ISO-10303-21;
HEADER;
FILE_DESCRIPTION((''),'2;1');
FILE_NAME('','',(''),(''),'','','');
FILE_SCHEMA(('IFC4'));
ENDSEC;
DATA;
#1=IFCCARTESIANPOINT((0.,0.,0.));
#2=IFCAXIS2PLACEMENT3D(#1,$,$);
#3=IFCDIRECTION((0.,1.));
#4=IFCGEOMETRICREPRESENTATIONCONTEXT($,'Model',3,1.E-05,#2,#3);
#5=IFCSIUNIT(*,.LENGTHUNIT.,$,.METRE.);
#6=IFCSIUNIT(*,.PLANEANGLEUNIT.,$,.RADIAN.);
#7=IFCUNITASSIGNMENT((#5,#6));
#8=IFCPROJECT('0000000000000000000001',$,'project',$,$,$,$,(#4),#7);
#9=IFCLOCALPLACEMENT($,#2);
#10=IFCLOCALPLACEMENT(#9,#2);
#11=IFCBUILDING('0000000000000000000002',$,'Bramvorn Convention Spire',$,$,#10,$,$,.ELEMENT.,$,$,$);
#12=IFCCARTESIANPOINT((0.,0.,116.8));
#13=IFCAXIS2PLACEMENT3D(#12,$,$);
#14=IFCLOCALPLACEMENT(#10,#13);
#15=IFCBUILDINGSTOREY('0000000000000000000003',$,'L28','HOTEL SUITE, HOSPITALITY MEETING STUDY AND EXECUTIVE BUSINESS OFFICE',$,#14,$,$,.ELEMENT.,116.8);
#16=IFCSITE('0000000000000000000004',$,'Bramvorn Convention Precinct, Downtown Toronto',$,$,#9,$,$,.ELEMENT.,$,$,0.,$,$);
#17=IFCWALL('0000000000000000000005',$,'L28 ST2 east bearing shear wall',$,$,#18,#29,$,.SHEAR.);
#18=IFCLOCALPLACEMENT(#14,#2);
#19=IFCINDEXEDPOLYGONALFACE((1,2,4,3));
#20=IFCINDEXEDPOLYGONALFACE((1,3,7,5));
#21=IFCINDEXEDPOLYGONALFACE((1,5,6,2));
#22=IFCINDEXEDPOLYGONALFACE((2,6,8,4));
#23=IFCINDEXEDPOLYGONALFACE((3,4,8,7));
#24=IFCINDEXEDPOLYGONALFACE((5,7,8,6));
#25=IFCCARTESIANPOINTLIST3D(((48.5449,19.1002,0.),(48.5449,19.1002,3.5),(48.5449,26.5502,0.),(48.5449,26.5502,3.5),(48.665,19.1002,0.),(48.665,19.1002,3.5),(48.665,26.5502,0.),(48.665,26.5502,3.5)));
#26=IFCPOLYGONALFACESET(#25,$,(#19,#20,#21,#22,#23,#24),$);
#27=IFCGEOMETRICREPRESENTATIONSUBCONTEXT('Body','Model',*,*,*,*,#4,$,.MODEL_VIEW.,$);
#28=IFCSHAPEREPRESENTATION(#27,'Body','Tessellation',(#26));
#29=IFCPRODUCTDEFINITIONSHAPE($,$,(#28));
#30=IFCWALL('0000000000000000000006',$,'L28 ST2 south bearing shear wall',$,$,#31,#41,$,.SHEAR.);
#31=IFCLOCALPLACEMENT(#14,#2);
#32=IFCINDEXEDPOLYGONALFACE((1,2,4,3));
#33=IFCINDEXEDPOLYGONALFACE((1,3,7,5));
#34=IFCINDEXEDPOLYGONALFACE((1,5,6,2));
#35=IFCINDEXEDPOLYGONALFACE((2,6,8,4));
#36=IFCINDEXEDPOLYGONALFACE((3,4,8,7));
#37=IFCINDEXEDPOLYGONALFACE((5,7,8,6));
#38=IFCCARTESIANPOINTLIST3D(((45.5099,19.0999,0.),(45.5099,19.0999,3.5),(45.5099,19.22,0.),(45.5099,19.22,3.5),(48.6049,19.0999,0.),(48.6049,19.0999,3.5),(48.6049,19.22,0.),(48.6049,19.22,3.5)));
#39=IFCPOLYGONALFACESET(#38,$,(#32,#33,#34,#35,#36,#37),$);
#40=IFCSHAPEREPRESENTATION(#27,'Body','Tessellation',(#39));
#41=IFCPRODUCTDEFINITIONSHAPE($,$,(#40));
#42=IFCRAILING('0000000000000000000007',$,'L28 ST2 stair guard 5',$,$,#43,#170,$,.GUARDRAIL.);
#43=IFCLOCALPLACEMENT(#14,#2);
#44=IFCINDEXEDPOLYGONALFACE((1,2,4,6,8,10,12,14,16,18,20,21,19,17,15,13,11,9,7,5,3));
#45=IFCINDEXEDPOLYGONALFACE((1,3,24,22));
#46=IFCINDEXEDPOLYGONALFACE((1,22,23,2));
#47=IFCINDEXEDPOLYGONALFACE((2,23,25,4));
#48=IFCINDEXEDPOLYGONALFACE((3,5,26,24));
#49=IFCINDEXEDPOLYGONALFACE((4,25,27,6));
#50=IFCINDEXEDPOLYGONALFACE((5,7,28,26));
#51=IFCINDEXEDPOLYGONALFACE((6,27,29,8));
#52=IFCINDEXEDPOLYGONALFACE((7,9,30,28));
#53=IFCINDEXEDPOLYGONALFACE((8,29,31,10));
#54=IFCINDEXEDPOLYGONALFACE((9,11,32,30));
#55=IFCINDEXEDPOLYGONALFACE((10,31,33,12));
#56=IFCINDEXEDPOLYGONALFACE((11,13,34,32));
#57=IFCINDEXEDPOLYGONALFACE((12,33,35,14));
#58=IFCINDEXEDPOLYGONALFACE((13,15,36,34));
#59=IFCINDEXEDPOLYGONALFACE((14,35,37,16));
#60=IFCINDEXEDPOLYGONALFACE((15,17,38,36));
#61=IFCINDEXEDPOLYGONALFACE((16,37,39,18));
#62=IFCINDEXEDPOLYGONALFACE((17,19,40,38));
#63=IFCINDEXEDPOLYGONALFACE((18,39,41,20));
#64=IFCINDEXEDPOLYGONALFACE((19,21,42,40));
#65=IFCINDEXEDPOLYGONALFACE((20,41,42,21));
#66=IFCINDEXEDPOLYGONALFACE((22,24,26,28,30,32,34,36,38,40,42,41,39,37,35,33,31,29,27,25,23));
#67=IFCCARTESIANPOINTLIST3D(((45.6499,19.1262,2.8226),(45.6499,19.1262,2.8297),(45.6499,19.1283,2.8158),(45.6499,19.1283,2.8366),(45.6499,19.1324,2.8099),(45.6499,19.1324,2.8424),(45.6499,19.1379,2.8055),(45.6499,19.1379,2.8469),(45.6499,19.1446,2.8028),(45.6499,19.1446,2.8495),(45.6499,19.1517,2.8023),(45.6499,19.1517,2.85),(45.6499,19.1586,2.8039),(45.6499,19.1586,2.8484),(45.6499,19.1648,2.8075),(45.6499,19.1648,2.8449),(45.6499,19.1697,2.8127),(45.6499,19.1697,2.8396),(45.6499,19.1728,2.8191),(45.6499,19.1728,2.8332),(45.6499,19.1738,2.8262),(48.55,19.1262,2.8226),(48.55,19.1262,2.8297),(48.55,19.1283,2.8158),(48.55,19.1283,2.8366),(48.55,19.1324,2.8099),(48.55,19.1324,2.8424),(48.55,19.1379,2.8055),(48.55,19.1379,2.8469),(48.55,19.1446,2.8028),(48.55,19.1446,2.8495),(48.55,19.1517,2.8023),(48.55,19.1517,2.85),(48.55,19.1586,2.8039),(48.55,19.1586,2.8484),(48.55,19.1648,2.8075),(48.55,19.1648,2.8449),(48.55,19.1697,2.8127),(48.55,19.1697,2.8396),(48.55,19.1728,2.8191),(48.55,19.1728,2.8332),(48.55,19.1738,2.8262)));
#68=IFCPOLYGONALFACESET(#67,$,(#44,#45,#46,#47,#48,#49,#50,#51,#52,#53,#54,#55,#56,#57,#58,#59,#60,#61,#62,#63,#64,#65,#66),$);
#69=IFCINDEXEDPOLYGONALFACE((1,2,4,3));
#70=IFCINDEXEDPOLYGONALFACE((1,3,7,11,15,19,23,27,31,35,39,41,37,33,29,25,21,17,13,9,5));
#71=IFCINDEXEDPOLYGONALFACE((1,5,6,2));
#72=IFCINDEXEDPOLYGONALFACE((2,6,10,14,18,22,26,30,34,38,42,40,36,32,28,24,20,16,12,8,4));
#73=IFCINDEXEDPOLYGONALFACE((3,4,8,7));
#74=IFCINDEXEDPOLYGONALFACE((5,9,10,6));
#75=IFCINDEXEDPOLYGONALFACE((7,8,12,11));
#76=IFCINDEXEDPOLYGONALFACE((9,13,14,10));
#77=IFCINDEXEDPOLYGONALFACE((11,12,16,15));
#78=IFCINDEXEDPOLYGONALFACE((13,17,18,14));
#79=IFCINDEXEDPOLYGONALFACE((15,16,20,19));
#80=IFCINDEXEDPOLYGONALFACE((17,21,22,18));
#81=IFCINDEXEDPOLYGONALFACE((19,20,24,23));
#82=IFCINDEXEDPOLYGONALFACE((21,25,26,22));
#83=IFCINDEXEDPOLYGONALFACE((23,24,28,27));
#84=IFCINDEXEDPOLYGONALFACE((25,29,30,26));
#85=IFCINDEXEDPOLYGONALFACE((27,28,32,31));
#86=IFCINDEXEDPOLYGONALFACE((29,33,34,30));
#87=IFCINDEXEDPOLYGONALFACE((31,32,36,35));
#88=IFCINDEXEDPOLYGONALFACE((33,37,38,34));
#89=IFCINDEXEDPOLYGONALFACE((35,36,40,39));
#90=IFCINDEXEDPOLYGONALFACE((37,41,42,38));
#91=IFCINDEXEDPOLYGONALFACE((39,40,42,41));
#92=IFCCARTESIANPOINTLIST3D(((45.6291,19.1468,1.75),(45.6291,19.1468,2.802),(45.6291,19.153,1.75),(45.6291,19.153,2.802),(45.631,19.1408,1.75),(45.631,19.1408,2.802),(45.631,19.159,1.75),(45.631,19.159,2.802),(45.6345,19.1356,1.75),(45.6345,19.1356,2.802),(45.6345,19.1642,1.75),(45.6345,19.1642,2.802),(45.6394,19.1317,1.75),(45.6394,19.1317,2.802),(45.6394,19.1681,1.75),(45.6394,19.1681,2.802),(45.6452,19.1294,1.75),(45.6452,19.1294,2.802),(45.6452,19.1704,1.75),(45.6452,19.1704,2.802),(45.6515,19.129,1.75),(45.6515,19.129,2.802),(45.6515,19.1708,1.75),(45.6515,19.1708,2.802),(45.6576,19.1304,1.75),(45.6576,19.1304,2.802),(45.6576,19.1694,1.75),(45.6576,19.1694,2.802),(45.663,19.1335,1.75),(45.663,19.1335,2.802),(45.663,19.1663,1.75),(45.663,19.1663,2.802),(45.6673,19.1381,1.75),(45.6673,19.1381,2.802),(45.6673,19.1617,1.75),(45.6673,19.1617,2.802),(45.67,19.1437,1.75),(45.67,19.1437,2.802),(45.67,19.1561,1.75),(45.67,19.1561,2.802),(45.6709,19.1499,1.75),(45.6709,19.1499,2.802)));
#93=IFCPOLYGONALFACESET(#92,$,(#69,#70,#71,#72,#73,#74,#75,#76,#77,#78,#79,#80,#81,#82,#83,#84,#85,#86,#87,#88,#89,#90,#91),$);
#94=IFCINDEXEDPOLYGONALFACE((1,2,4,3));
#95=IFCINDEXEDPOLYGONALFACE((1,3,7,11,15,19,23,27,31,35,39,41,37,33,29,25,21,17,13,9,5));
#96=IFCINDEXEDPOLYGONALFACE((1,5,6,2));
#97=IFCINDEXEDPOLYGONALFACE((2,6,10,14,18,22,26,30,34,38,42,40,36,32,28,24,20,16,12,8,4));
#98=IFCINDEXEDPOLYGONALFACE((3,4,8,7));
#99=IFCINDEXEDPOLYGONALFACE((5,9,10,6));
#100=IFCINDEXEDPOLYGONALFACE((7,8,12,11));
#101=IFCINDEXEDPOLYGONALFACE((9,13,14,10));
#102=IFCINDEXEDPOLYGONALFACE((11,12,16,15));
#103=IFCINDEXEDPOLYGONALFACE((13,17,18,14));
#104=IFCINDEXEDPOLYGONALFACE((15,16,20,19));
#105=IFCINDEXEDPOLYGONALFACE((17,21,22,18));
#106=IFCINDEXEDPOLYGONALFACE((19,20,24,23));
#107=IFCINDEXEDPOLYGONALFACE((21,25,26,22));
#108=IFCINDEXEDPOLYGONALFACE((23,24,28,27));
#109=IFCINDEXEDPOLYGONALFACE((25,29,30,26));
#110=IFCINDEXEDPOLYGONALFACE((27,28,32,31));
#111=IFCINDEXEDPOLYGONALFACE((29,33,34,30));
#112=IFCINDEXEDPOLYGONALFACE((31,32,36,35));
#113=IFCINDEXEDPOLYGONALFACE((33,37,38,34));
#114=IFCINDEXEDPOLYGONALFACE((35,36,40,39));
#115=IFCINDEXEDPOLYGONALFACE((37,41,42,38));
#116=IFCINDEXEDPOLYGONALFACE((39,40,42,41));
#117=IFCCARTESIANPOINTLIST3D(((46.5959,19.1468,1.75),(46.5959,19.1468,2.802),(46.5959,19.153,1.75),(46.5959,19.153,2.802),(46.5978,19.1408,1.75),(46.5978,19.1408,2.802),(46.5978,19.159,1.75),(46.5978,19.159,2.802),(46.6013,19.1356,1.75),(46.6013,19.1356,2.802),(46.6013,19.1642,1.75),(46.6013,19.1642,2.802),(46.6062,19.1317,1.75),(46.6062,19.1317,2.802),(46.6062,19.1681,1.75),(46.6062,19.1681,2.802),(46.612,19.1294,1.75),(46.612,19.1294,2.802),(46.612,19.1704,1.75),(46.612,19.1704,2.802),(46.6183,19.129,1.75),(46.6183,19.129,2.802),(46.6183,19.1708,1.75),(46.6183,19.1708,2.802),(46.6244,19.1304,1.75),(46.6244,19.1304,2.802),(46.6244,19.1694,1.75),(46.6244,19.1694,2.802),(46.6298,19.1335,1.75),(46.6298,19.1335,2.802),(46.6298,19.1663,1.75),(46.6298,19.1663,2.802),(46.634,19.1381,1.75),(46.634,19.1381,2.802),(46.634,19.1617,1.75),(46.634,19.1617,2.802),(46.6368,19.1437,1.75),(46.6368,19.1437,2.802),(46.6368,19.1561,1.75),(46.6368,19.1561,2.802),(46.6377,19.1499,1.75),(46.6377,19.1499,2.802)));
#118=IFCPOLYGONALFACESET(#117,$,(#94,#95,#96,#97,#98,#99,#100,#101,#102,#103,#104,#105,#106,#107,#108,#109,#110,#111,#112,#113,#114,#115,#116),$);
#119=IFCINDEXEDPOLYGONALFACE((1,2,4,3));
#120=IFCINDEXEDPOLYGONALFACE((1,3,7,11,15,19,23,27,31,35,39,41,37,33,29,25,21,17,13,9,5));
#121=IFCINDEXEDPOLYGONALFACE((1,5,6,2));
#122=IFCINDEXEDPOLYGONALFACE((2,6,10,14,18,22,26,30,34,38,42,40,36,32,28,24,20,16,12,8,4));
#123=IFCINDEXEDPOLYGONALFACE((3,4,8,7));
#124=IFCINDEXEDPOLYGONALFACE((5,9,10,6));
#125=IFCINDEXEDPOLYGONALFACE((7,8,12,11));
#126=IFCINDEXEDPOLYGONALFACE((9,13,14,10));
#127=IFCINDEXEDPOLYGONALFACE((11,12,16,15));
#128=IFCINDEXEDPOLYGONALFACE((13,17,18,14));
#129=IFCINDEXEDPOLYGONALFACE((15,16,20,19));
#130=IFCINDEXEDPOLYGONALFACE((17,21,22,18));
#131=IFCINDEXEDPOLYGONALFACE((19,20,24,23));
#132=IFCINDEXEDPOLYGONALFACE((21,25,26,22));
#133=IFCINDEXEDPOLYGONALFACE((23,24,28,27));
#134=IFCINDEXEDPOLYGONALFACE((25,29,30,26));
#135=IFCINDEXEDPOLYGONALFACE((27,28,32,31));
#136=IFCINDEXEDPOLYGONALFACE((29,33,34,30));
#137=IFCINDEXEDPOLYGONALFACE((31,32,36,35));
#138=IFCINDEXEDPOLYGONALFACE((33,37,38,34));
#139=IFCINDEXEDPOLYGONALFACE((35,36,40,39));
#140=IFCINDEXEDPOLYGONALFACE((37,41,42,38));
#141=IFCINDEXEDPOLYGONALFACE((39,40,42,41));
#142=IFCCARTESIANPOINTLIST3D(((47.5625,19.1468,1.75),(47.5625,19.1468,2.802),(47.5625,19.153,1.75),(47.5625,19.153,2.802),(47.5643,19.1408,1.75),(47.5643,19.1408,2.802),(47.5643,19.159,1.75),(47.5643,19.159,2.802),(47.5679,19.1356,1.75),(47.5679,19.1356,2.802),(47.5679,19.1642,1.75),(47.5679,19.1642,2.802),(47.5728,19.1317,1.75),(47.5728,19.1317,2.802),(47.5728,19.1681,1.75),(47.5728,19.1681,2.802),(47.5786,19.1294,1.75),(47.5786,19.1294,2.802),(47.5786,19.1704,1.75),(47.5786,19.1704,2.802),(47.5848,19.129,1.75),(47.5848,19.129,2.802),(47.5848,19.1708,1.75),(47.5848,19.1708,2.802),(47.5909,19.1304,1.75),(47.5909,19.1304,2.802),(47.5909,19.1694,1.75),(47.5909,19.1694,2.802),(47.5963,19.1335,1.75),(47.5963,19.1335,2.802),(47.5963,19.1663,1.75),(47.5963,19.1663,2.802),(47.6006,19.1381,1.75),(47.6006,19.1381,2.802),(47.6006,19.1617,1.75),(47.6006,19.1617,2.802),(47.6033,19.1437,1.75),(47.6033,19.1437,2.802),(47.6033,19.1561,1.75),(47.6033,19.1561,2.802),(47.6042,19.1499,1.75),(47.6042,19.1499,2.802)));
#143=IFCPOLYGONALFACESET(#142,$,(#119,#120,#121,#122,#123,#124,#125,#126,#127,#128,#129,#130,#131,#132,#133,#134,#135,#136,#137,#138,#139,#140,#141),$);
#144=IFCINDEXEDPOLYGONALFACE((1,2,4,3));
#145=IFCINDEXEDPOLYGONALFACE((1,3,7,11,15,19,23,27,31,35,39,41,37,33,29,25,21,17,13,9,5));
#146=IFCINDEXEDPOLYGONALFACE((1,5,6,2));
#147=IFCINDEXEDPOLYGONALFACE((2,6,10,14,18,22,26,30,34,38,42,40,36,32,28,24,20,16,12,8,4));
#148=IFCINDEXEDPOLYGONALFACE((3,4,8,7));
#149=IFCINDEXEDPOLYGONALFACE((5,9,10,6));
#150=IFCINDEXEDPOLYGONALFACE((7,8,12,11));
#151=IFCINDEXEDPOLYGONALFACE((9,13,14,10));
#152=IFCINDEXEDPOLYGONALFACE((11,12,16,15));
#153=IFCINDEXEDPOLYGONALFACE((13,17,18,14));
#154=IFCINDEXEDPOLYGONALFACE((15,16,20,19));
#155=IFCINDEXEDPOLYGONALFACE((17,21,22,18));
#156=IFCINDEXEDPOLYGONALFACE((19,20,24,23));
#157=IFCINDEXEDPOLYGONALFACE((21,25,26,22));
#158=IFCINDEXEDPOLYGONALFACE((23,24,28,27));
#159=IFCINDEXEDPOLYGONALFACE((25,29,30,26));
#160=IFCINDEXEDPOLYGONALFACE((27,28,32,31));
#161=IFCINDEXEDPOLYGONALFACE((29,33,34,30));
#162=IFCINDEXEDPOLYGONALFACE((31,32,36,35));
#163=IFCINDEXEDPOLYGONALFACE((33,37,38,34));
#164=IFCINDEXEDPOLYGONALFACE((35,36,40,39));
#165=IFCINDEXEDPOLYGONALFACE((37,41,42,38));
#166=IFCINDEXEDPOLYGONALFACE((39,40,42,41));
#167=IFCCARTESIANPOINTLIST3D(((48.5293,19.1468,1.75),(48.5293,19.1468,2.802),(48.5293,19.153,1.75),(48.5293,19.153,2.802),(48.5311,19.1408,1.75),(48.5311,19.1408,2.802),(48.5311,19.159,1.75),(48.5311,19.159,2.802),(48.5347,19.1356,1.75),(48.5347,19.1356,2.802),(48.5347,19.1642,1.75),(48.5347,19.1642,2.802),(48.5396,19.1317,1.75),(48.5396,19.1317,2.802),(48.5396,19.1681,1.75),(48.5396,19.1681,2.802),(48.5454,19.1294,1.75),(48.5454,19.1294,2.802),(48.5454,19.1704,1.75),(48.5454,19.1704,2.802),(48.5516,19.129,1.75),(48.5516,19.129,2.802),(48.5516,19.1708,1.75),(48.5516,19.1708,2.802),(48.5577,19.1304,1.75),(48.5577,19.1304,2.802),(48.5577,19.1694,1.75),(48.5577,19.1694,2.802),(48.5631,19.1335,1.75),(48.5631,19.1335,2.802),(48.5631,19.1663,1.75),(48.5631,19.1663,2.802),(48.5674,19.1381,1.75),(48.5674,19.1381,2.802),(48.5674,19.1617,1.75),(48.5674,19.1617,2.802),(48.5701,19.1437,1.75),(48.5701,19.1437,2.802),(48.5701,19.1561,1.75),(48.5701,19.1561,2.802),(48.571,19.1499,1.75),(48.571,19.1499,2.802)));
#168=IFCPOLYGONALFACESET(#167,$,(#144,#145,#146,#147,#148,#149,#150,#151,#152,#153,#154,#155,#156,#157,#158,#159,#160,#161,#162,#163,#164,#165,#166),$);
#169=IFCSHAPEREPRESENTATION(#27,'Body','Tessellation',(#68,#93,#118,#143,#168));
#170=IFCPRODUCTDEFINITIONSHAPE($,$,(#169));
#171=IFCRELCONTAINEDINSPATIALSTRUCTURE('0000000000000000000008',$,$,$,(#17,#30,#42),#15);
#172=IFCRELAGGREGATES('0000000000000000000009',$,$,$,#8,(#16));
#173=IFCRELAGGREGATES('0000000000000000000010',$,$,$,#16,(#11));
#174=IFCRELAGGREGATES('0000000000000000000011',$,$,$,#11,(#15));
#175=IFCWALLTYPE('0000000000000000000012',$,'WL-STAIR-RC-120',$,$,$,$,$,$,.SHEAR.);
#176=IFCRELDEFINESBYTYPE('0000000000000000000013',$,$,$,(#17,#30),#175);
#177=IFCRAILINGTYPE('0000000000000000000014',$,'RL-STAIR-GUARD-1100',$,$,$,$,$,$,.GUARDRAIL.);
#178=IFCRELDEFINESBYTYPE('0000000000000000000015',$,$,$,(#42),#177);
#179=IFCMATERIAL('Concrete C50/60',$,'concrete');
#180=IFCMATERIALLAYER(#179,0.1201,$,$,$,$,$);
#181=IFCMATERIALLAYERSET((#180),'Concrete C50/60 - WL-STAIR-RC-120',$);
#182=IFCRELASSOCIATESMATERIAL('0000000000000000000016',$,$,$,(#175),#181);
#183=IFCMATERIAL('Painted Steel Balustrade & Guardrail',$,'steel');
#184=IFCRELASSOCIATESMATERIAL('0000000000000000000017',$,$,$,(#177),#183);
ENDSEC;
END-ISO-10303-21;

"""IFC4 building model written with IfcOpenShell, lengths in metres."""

from ifc_helpers import new_model, si_unit, direction, frame, frame_2d, origin, origin_2d, place, context, subcontext, project, spatial, rectangle, circle, extrude, material, layer, layer_set, type_object, element, save


model = new_model("IFC4")

# Units and contexts
model_context = context("Model", 3, precision=1e-05, world=origin(), true_north=direction((0.0, 1.0)))
body_context = subcontext(model_context, "Body", "Model", "MODEL_VIEW")
ifc_project = project(units=[si_unit("LENGTHUNIT", "METRE"), si_unit("PLANEANGLEUNIT", "RADIAN")], contexts=[model_context])

# Site, building, storey
site_placement = place(None, origin())
site = spatial("IfcSite", under=ifc_project, at=site_placement, Name="Bramvorn Convention Precinct, Downtown Toronto", CompositionType="ELEMENT", RefElevation=0.0)
building_placement = place(site_placement, origin())
building = spatial("IfcBuilding", under=site, at=building_placement, Name="Bramvorn Convention Spire", CompositionType="ELEMENT")
storey_placement = place(building_placement, frame((0.0, 0.0, 116.8)))
storey = spatial("IfcBuildingStorey", under=building, at=storey_placement, Name="L28", Description="HOTEL SUITE, HOSPITALITY MEETING STUDY AND EXECUTIVE BUSINESS OFFICE", CompositionType="ELEMENT", Elevation=116.8)

# Shared definitions
ifc_material_1 = material(Name="Concrete C50/60", Category="concrete")

# Walls
ifc_layer_1 = layer(ifc_material_1, 0.1201)
ifc_layer_set_1 = layer_set([ifc_layer_1], Name="Concrete C50/60 - WL-STAIR-RC-120")
wall_type_1 = type_object("IfcWallType", Name="WL-STAIR-RC-120", PredefinedType="SHEAR", material=ifc_layer_set_1)
wall_1_placement = place(storey_placement, frame((48.605, 19.1001, 0.0), z_axis=(0.0, 0.0, 1.0), x_axis=(0.0, 1.0, 0.0)))
element("IfcWall", 1, at=wall_1_placement, inside=storey, type_object=wall_type_1, Name="L28 ST2 east bearing shear wall", PredefinedType="SHEAR", context=body_context, shape_type="SweptSolid", body=[
    extrude(rectangle(XDim=7.45, YDim=0.1201, at=frame_2d((3.7251, 0.0))), origin(), (0.0, 0.0, 1.0), 3.5),
])
wall_2_placement = place(storey_placement, frame((45.51, 19.1599, 0.0), z_axis=(0.0, 0.0, 1.0), x_axis=(1.0, 0.0, 0.0)))
element("IfcWall", 2, at=wall_2_placement, inside=storey, type_object=wall_type_1, Name="L28 ST2 south bearing shear wall", PredefinedType="SHEAR", context=body_context, shape_type="SweptSolid", body=[
    extrude(rectangle(XDim=3.095, YDim=0.1201, at=frame_2d((1.5474, 0.0))), origin(), (0.0, 0.0, 1.0), 3.5),
])

# Railing
ifc_material_2 = material(Name="Painted Steel Balustrade & Guardrail", Category="steel")
railing_type = type_object("IfcRailingType", Name="RL-STAIR-GUARD-1100", PredefinedType="GUARDRAIL", material=ifc_material_2)
railing_1_placement = place(storey_placement, frame((45.6499, 19.1499, 1.75)))
element("IfcRailing", 3, at=railing_1_placement, inside=storey, type_object=railing_type, Name="L28 ST2 stair guard 5", PredefinedType="GUARDRAIL", context=body_context, shape_type="SweptSolid", body=[
    extrude(circle(Radius=0.0239, at=origin_2d()), frame((0.0, 0.0, 1.0762), z_axis=(1.0, 0.0, 0.0), x_axis=(0.0, 1.0, 0.0)), (0.0, 0.0, 1.0), 2.9001),
    extrude(circle(Radius=0.021, at=origin_2d()), origin(), (0.0, 0.0, 1.0), 1.052),
    extrude(circle(Radius=0.021, at=origin_2d()), frame((0.9668, 0.0, 0.0)), (0.0, 0.0, 1.0), 1.052),
    extrude(circle(Radius=0.021, at=origin_2d()), frame((1.9333, 0.0, 0.0)), (0.0, 0.0, 1.0), 1.052),
    extrude(circle(Radius=0.021, at=origin_2d()), frame((2.9001, 0.0, 0.0)), (0.0, 0.0, 1.0), 1.052),
])

save(model, "model.ifc")
